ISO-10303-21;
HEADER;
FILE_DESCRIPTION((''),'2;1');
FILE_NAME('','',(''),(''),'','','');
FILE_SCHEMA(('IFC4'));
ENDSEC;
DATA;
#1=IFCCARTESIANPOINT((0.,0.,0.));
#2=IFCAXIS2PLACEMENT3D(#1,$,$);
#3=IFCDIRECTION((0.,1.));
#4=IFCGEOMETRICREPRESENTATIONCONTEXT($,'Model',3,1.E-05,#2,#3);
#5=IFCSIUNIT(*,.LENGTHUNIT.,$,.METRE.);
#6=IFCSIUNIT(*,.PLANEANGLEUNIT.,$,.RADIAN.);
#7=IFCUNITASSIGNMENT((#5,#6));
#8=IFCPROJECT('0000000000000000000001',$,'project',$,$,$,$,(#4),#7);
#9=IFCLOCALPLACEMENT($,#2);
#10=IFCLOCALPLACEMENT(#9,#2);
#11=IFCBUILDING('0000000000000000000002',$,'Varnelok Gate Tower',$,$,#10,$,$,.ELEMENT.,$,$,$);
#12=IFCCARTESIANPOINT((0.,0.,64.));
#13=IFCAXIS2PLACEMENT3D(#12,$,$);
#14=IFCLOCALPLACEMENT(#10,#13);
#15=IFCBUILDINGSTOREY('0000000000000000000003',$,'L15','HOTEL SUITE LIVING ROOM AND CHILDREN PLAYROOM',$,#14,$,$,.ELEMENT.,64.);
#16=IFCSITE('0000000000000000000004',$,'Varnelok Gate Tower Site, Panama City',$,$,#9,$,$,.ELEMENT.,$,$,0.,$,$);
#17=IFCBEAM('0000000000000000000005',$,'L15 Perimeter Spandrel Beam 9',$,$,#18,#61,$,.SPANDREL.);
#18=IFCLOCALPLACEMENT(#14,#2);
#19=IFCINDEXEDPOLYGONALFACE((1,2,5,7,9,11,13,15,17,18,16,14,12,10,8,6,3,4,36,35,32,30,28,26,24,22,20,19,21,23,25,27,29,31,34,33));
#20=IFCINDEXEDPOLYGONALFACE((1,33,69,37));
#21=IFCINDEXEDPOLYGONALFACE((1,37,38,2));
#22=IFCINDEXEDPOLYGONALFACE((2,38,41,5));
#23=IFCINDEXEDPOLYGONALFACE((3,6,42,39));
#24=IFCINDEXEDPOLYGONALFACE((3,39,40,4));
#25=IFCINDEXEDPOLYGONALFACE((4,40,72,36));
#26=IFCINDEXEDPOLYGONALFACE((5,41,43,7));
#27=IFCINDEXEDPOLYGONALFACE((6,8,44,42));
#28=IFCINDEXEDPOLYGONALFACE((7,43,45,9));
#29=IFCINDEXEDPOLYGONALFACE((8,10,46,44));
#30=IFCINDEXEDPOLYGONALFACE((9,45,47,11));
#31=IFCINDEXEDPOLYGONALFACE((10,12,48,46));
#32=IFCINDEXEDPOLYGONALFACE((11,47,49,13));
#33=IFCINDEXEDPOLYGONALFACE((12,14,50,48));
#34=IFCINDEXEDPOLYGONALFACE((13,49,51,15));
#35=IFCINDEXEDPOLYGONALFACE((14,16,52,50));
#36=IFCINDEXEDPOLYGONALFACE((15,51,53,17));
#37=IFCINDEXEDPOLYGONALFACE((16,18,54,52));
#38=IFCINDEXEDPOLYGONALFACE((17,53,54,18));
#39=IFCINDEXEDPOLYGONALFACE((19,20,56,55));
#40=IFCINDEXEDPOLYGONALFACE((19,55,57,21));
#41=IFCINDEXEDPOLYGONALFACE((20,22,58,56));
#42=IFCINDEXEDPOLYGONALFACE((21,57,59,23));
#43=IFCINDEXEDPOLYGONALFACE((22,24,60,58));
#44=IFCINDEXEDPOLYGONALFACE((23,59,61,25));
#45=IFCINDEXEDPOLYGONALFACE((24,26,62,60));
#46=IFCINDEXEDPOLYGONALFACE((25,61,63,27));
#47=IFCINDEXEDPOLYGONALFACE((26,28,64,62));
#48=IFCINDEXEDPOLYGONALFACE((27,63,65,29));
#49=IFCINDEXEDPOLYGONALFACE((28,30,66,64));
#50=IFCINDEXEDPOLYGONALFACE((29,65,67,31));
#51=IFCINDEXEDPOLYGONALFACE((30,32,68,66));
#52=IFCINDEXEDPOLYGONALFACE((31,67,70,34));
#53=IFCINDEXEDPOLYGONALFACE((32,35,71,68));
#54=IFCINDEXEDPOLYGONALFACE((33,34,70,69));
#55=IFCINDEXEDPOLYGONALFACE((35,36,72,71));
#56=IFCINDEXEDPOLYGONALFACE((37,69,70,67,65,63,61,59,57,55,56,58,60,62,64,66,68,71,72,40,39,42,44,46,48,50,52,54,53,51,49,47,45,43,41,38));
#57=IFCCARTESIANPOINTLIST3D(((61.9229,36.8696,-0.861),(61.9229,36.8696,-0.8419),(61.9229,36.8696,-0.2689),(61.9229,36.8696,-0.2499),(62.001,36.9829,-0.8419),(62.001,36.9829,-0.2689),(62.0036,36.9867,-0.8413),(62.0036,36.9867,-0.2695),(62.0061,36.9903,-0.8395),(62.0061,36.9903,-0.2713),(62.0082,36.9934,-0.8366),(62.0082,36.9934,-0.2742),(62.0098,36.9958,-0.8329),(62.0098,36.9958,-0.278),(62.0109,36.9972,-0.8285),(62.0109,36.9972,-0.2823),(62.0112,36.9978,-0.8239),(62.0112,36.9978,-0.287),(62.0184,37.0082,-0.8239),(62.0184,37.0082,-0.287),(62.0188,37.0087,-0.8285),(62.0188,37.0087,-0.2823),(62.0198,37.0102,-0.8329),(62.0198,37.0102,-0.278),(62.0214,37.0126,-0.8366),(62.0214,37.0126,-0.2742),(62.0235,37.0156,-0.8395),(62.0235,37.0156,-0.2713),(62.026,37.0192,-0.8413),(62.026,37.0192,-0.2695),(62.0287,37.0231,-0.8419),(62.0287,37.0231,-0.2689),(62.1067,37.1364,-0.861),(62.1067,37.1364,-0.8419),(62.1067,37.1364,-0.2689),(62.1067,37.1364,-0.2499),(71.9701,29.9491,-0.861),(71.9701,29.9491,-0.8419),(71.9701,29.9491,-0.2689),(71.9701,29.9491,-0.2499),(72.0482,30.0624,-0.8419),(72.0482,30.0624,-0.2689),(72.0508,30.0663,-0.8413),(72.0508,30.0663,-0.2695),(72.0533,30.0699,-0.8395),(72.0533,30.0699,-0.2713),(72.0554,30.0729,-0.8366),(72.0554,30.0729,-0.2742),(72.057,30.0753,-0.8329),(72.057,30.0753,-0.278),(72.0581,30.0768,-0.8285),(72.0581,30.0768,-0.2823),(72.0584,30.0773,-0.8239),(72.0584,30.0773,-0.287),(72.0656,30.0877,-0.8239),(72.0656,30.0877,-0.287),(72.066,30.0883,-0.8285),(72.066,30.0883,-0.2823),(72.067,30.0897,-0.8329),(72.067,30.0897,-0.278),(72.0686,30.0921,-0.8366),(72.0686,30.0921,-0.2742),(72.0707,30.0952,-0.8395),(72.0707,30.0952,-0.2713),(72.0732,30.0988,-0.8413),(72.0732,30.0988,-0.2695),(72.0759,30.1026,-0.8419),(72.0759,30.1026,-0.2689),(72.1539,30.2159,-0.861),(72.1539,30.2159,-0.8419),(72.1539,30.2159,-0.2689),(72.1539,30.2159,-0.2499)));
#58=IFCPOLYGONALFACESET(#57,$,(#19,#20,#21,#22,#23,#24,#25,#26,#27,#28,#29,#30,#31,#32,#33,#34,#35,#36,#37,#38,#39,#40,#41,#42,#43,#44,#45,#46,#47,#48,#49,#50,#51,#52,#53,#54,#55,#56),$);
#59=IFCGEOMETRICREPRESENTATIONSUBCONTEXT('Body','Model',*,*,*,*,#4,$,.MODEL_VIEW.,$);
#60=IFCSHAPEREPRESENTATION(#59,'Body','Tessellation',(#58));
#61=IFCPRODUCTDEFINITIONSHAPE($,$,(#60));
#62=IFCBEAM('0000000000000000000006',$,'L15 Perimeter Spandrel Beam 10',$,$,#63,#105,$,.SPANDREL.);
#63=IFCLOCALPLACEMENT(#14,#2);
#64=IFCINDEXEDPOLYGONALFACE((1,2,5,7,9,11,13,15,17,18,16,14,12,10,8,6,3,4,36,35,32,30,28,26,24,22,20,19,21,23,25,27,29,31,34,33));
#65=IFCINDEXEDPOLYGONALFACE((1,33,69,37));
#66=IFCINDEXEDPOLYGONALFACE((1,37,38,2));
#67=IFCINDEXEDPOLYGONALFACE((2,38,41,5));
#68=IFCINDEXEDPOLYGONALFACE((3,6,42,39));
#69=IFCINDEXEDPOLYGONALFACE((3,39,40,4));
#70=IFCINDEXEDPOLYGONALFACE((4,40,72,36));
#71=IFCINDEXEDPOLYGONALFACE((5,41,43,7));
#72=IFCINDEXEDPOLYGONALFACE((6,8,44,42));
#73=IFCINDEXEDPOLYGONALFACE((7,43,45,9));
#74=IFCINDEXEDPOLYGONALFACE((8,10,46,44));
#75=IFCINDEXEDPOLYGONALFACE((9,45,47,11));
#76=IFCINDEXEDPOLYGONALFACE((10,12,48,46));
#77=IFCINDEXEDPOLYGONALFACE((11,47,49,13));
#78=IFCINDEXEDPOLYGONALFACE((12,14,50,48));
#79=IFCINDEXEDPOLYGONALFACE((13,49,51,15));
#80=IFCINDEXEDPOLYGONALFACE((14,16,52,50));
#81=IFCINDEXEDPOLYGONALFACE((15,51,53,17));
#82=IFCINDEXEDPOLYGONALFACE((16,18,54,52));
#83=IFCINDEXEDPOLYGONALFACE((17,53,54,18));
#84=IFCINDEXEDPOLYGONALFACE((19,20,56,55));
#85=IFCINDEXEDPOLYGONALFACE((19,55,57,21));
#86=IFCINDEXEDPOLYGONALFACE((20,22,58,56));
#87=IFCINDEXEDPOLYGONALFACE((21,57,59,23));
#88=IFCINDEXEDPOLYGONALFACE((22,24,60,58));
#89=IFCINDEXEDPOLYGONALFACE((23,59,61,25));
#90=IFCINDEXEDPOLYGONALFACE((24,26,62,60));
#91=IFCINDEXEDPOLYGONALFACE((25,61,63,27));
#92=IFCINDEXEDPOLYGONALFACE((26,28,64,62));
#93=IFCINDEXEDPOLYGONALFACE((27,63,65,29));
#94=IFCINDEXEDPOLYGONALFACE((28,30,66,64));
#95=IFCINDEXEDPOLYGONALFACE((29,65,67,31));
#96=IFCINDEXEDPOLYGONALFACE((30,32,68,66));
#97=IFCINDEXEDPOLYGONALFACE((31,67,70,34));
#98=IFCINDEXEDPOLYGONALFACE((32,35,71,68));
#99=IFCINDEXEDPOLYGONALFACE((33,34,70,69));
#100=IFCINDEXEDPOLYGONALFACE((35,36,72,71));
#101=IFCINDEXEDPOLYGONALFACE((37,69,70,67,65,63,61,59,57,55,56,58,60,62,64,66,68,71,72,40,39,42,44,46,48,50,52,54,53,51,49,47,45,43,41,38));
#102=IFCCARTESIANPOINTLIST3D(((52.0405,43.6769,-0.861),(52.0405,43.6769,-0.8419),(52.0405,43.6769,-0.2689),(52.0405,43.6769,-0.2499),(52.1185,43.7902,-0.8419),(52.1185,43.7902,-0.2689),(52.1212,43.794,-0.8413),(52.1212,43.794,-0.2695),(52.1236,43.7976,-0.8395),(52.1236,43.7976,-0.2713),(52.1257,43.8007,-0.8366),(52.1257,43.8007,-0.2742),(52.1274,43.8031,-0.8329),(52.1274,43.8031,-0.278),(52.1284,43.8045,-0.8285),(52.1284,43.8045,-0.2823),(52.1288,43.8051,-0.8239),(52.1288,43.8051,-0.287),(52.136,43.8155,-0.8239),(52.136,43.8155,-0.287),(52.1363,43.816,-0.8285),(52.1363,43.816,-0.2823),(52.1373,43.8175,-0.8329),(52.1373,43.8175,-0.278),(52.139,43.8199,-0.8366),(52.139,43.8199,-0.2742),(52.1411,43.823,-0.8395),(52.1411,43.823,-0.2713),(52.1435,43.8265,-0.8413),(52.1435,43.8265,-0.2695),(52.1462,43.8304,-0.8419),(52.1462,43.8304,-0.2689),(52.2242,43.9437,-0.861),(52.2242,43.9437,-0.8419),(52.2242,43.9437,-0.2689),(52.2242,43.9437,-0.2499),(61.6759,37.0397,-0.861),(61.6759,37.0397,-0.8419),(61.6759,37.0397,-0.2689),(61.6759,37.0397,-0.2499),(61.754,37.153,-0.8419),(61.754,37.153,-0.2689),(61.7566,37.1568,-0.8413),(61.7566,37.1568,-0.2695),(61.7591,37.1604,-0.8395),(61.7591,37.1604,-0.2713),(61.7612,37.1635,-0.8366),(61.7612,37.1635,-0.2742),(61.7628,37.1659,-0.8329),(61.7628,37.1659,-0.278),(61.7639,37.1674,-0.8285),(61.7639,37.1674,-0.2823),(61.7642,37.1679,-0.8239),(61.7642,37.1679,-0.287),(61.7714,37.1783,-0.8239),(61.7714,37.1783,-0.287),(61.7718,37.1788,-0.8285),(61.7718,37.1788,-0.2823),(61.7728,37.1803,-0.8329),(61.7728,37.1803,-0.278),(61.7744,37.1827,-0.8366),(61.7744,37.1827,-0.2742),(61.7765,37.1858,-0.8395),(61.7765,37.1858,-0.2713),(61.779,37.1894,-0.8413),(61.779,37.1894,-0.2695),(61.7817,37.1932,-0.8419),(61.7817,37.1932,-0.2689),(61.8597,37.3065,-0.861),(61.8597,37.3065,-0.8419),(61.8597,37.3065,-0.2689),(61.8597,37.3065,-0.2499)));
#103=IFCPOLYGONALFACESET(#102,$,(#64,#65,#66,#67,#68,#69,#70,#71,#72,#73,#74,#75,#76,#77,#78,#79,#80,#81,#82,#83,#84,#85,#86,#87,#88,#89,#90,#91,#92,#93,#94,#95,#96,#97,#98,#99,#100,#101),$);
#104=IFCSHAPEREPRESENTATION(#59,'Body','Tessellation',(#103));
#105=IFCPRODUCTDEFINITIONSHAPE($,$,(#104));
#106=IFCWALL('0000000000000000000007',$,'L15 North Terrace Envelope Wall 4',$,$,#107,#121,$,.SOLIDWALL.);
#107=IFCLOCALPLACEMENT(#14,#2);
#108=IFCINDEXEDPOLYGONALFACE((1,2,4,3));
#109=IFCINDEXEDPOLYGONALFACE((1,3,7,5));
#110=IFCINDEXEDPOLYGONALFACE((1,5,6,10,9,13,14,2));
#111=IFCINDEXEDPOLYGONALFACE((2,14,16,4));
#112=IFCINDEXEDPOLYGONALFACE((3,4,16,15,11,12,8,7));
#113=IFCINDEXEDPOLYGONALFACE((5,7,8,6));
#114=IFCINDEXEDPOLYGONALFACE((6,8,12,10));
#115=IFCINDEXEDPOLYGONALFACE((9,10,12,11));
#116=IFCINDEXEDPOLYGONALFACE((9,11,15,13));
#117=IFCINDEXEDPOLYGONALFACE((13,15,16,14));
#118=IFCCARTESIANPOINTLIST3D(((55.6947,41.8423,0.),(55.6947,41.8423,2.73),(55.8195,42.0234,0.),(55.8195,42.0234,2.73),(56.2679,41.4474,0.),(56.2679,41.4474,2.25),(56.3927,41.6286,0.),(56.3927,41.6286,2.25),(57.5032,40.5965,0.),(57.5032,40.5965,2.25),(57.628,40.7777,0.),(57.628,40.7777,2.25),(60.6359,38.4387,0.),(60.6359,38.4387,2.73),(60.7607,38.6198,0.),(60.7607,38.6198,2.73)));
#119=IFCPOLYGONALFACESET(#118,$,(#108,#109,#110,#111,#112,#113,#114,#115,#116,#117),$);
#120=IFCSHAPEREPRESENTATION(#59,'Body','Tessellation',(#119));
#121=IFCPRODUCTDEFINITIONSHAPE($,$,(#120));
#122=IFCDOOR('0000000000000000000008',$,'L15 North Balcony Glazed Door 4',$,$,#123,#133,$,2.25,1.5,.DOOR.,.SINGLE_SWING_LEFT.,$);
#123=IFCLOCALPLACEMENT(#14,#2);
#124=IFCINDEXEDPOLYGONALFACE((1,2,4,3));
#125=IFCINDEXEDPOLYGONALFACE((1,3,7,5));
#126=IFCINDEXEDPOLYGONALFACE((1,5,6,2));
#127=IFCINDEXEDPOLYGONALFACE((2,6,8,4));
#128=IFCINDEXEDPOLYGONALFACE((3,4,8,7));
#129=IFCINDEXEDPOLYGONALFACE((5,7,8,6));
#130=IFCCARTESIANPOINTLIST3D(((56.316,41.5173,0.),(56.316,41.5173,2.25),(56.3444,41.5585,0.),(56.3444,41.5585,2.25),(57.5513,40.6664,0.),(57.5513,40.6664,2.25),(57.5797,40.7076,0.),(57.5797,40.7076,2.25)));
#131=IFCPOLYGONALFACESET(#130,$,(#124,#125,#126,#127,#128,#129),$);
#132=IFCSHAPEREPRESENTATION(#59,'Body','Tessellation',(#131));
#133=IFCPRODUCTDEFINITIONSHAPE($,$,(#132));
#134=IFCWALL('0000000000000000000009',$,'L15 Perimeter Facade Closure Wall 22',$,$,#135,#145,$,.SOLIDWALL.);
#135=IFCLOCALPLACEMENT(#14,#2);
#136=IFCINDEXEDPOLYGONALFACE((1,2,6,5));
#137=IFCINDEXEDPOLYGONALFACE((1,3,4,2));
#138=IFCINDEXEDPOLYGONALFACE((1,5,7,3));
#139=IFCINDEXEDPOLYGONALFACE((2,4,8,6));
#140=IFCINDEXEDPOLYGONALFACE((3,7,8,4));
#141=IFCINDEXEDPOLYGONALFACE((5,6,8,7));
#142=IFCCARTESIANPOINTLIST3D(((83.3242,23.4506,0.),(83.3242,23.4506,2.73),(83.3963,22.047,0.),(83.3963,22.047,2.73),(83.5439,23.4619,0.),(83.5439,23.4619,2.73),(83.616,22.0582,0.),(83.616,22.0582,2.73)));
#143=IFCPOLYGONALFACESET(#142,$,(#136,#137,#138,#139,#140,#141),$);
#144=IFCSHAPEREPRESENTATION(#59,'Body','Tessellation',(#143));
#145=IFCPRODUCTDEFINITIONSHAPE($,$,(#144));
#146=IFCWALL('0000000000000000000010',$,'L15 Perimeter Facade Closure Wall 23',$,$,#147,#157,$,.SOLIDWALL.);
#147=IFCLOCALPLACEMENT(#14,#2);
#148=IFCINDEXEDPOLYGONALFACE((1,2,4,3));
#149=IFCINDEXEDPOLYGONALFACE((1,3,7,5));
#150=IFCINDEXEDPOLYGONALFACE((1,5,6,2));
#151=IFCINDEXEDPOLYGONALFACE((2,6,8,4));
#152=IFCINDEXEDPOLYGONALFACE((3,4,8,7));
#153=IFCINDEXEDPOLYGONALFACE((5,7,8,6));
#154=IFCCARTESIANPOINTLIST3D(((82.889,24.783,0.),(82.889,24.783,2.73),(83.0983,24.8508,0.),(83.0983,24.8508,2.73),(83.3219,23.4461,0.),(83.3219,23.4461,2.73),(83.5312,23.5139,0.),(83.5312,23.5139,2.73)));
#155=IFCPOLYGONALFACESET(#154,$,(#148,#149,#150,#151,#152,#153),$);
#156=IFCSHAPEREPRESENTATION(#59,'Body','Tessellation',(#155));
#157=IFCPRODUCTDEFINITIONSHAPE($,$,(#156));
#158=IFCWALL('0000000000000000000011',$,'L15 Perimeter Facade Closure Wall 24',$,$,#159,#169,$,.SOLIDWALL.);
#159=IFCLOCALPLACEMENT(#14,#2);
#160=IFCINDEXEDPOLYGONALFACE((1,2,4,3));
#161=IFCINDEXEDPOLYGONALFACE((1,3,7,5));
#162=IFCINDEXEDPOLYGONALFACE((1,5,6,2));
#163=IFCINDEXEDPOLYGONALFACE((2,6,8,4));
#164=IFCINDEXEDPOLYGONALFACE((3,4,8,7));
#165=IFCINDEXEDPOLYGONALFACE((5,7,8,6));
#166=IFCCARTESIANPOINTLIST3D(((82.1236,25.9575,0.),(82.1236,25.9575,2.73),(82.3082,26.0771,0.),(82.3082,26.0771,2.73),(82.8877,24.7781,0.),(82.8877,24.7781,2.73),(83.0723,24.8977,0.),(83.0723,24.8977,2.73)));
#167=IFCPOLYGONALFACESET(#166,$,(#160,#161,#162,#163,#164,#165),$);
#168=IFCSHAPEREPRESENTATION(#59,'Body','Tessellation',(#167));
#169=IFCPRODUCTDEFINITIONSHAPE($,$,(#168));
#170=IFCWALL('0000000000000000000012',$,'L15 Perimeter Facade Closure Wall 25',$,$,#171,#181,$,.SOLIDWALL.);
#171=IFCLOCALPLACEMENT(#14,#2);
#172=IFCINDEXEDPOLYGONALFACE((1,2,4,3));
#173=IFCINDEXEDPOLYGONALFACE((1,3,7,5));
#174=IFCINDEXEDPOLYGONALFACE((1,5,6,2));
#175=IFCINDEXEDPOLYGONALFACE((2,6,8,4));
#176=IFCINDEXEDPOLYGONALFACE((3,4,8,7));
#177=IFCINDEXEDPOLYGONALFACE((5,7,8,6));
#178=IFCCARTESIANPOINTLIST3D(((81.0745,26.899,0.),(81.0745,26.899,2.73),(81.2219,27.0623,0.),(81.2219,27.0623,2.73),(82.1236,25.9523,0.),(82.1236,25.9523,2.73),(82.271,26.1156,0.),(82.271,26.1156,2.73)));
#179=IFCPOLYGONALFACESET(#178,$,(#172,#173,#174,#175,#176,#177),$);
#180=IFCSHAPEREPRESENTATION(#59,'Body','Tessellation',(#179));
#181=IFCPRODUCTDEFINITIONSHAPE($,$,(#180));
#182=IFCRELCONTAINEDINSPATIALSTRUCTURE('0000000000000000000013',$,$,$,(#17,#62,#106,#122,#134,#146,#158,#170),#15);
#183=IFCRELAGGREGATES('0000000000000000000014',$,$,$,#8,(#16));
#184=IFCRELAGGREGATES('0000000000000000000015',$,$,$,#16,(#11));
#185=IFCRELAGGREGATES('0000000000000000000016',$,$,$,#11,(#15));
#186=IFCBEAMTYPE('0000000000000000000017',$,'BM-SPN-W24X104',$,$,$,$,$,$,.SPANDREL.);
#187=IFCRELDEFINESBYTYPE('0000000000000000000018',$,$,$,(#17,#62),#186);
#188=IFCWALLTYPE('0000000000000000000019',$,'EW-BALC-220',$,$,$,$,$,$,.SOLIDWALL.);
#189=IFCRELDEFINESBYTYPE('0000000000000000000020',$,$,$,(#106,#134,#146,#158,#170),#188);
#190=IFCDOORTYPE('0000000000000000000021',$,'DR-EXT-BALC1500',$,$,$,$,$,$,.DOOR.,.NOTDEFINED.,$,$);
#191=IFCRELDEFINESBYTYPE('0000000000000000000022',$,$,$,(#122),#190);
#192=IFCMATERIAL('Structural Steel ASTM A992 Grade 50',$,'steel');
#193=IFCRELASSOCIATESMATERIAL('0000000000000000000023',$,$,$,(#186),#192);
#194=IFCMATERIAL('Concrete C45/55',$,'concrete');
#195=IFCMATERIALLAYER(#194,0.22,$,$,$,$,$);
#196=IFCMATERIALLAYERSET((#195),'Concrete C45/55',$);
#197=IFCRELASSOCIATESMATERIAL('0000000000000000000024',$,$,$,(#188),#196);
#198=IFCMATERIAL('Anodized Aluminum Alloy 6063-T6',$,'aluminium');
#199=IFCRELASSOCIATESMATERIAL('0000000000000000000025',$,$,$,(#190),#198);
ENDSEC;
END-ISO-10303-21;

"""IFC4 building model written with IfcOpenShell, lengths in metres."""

from ifc_helpers import new_model, si_unit, direction, frame, frame_2d, origin, origin_2d, place, context, subcontext, project, spatial, rectangle, i_section, extrude, material, layer, layer_set, material_profile, profile_set, type_object, element, fill, save


model = new_model("IFC4")

# Units and contexts
model_context = context("Model", 3, precision=1e-05, world=origin(), true_north=direction((0.0, 1.0)))
body_context = subcontext(model_context, "Body", "Model", "MODEL_VIEW")
ifc_project = project(units=[si_unit("LENGTHUNIT", "METRE"), si_unit("PLANEANGLEUNIT", "RADIAN")], contexts=[model_context])

# Site, building, storey
site_placement = place(None, origin())
site = spatial("IfcSite", under=ifc_project, at=site_placement, Name="Varnelok Gate Tower Site, Panama City", CompositionType="ELEMENT", RefElevation=0.0)
building_placement = place(site_placement, origin())
building = spatial("IfcBuilding", under=site, at=building_placement, Name="Varnelok Gate Tower", CompositionType="ELEMENT")
storey_placement = place(building_placement, frame((0.0, 0.0, 64.0)))
storey = spatial("IfcBuildingStorey", under=building, at=storey_placement, Name="L15", Description="HOTEL SUITE LIVING ROOM AND CHILDREN PLAYROOM", CompositionType="ELEMENT", Elevation=64.0)

# Shared definitions
ifc_material_1 = material(Name="Structural Steel ASTM A992 Grade 50", Category="steel")

# Beams
ifc_material_profile_1 = material_profile(ifc_material_1, i_section(OverallWidth=0.324, OverallDepth=0.6111, WebThickness=0.0127, FlangeThickness=0.019, FilletRadius=0.0181, at=origin_2d()), Name="W24X104")
ifc_profile_set_1 = profile_set([ifc_material_profile_1], Name="Structural Steel ASTM A992 Grade 50")
beam_type_1 = type_object("IfcBeamType", Name="BM-SPN-W24X104", PredefinedType="SPANDREL", material=ifc_profile_set_1)
beam_1_placement = place(storey_placement, frame((72.062, 30.0825, -0.5554), z_axis=(-0.823544, 0.567253, 0.0), x_axis=(-0.567253, -0.823544, 0.0)))
element("IfcBeam", 1, at=beam_1_placement, inside=storey, type_object=beam_type_1, Name="L15 Perimeter Spandrel Beam 9", PredefinedType="SPANDREL", context=body_context, shape_type="SweptSolid", body=[
    extrude(i_section(OverallWidth=0.324, OverallDepth=0.6111, WebThickness=0.0127, FlangeThickness=0.019, FilletRadius=0.0181, at=origin_2d()), origin(), (0.0, 0.0, 1.0), 12.2),
])
beam_2_placement = place(storey_placement, frame((61.7678, 37.1731, -0.5554), z_axis=(-0.823531, 0.567272, 0.0), x_axis=(-0.567272, -0.823531, 0.0)))
element("IfcBeam", 2, at=beam_2_placement, inside=storey, type_object=beam_type_1, Name="L15 Perimeter Spandrel Beam 10", PredefinedType="SPANDREL", context=body_context, shape_type="SweptSolid", body=[
    extrude(i_section(OverallWidth=0.324, OverallDepth=0.6111, WebThickness=0.0127, FlangeThickness=0.019, FilletRadius=0.0181, at=origin_2d()), origin(), (0.0, 0.0, 1.0), 11.7002),
])

# Wall, opening, door
ifc_material_2 = material(Name="Concrete C45/55", Category="concrete")
ifc_layer_1 = layer(ifc_material_2, 0.22)
ifc_layer_set_1 = layer_set([ifc_layer_1], Name="Concrete C45/55")
wall_type_1 = type_object("IfcWallType", Name="EW-BALC-220", PredefinedType="SOLIDWALL", material=ifc_layer_set_1)
wall_1_placement = place(storey_placement, frame((55.7571, 41.9329, 0.0), z_axis=(0.0, 0.0, 1.0), x_axis=(0.823535, -0.567266, 0.0)))
wall_1 = element("IfcWall", 3, at=wall_1_placement, inside=storey, type_object=wall_type_1, Name="L15 North Terrace Envelope Wall 4", PredefinedType="SOLIDWALL", context=body_context, shape_type="SweptSolid", body=[
    extrude(rectangle(XDim=6.0, YDim=0.22, at=frame_2d((3.0, 0.0))), origin(), (0.0, 0.0, 1.0), 2.73),
])
opening_1_placement = place(wall_1_placement, frame((0.696, 0.0, 0.0)))
opening_1 = element("IfcOpeningElement", 4, at=opening_1_placement, cuts=wall_1, PredefinedType="OPENING", context=body_context, shape_type="SweptSolid", body=[
    extrude(rectangle(XDim=1.5, YDim=2.25, at=frame_2d((0.75, 1.125))), frame((0.0, 0.1199, 0.0), z_axis=(0.0, -1.0, 0.0), x_axis=(1.0, 0.0, 0.0)), (0.0, 0.0, 1.0), 0.24),
])
ifc_material_3 = material(Name="Anodized Aluminum Alloy 6063-T6", Category="aluminium")
door_type_1 = type_object("IfcDoorType", Name="DR-EXT-BALC1500", OperationType="NOTDEFINED", PredefinedType="DOOR", material=ifc_material_3)
door_1_placement = place(opening_1_placement, origin())
door_1 = element("IfcDoor", 5, at=door_1_placement, inside=storey, type_object=door_type_1, Name="L15 North Balcony Glazed Door 4", OperationType="SINGLE_SWING_LEFT", OverallHeight=2.25, OverallWidth=1.5, PredefinedType="DOOR", context=body_context, shape_type="SweptSolid", body=[
    extrude(rectangle(XDim=1.5, YDim=2.25, at=frame_2d((0.75, 1.125))), frame((0.0, 0.0249, 0.0), z_axis=(0.0, -1.0, 0.0), x_axis=(1.0, 0.0, 0.0)), (0.0, 0.0, 1.0), 0.05),
])
fill(opening_1, door_1)

# Walls
wall_2_placement = place(storey_placement, frame((83.5061, 22.0527, 0.0), z_axis=(0.0, 0.0, 1.0), x_axis=(-0.051246, 0.998686, 0.0)))
element("IfcWall", 6, at=wall_2_placement, inside=storey, type_object=wall_type_1, Name="L15 Perimeter Facade Closure Wall 22", PredefinedType="SOLIDWALL", context=body_context, shape_type="SweptSolid", body=[
    extrude(rectangle(XDim=1.4055, YDim=0.22, at=frame_2d((0.7026, 0.0))), origin(), (0.0, 0.0, 1.0), 2.73),
])
for number, where, z_axis, x_axis, name in (
    (7, (83.4265, 23.48, 0.0), (0.0, 0.0, 1.0), (-0.308033, 0.951376, 0.0), "L15 Perimeter Facade Closure Wall 23"),
    (8, (82.98, 24.8379, 0.0), (0.0, 0.0, 1.0), (-0.543748, 0.839248, 0.0), "L15 Perimeter Facade Closure Wall 24"),
):
    element("IfcWall", number, at=place(storey_placement, frame(where, z_axis=z_axis, x_axis=x_axis)), inside=storey, type_object=wall_type_1, Name=name, PredefinedType="SOLIDWALL", context=body_context, shape_type="SweptSolid", body=[
        extrude(rectangle(XDim=1.4053, YDim=0.22, at=frame_2d((0.7026, 0.0))), origin(), (0.0, 0.0, 1.0), 2.73),
    ])
wall_3_placement = place(storey_placement, frame((82.1973, 26.0339, 0.0), z_axis=(0.0, 0.0, 1.0), x_axis=(-0.742374, 0.669985, 0.0)))
element("IfcWall", 9, at=wall_3_placement, inside=storey, type_object=wall_type_1, Name="L15 Perimeter Facade Closure Wall 25", PredefinedType="SOLIDWALL", context=body_context, shape_type="SweptSolid", body=[
    extrude(rectangle(XDim=1.4131, YDim=0.22, at=frame_2d((0.7065, 0.0))), origin(), (0.0, 0.0, 1.0), 2.73),
])

save(model, "model.ifc")
